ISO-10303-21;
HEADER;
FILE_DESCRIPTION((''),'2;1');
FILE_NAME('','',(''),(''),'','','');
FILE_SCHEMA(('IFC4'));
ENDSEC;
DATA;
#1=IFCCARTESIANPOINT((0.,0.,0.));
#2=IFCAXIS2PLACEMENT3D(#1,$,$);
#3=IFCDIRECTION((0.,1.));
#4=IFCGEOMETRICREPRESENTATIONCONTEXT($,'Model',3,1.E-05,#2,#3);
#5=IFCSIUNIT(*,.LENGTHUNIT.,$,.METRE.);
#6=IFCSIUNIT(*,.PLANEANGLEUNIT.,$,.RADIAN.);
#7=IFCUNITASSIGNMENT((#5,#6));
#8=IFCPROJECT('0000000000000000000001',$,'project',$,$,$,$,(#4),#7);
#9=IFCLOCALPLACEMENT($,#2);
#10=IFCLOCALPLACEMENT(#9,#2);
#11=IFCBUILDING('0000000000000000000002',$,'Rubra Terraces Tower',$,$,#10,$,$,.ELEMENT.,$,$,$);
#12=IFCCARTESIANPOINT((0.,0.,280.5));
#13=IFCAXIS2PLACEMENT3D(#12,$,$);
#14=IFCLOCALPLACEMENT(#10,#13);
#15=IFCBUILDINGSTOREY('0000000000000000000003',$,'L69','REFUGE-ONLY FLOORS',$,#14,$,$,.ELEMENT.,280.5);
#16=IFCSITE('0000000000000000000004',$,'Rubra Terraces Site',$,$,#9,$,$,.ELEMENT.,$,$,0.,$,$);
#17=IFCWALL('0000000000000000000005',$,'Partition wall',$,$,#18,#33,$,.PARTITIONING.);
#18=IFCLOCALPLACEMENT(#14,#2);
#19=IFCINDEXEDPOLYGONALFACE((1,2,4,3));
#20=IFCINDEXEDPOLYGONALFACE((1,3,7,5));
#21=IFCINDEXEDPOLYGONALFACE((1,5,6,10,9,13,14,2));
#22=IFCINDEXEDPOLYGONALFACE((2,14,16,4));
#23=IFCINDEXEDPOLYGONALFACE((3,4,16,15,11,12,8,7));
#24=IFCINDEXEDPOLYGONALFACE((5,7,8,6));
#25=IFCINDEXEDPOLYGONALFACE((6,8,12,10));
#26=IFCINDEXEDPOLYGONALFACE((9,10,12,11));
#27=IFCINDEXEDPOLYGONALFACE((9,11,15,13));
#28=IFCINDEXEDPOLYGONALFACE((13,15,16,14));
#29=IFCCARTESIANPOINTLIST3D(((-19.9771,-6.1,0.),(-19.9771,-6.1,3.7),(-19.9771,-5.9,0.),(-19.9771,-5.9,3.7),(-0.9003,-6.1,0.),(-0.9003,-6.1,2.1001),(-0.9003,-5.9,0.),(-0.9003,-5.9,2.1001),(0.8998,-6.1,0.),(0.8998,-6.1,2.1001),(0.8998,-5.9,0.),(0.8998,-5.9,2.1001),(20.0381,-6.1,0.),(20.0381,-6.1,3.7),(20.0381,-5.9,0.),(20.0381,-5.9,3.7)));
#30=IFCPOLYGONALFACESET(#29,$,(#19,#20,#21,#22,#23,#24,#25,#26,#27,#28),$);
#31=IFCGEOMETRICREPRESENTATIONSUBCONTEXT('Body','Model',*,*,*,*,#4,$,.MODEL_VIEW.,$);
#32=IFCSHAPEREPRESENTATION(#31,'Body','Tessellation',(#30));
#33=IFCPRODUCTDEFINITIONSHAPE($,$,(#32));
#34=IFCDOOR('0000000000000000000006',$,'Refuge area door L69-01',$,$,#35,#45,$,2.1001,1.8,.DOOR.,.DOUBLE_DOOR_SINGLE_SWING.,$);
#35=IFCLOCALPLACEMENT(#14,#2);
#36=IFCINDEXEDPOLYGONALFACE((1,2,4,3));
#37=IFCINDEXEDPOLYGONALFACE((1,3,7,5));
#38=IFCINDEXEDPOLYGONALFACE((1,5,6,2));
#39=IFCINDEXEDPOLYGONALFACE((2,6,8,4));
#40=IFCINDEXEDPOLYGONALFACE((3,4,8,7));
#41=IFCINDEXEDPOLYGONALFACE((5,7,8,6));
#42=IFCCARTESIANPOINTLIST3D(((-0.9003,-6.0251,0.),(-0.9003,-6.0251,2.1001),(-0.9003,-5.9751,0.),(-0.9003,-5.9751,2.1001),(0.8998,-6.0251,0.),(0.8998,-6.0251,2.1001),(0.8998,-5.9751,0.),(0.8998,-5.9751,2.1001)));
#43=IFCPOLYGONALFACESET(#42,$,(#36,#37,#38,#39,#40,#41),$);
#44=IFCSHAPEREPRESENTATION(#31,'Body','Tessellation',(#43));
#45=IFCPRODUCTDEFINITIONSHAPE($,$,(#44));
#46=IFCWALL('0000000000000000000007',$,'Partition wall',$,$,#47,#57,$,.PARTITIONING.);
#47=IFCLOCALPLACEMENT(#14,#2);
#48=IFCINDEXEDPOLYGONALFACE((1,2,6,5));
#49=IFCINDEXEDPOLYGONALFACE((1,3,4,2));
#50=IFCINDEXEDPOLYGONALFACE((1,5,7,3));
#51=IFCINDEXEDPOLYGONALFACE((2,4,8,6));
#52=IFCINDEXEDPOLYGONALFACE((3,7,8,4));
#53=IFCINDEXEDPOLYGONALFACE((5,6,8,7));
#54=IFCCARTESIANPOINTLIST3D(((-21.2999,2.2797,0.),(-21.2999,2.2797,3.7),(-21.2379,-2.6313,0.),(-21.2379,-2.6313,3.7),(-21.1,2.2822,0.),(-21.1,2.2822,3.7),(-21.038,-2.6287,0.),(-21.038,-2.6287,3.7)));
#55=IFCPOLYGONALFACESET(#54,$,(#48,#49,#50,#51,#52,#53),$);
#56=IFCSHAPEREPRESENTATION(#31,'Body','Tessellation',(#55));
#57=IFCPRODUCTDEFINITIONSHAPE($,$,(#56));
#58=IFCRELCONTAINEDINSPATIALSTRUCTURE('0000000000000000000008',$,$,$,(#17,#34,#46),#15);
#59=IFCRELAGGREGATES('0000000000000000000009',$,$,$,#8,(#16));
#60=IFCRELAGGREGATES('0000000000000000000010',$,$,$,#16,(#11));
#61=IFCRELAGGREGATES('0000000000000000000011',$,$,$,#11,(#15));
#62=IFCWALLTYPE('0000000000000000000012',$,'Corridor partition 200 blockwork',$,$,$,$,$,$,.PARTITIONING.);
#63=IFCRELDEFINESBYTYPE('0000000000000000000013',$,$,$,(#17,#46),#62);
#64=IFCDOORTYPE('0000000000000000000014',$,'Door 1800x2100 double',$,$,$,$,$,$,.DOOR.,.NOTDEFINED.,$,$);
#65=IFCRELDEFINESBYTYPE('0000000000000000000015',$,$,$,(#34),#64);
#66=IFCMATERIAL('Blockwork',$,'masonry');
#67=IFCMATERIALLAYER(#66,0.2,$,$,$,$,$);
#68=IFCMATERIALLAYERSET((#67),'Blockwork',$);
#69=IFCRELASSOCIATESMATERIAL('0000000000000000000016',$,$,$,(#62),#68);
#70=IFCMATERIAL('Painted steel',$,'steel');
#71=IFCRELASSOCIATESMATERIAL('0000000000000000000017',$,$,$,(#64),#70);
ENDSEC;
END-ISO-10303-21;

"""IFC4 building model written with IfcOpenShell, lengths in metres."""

from ifc_helpers import new_model, si_unit, direction, frame, frame_2d, origin, place, context, subcontext, project, spatial, rectangle, extrude, material, layer, layer_set, type_object, element, fill, save


model = new_model("IFC4")

# Units and contexts
model_context = context("Model", 3, precision=1e-05, world=origin(), true_north=direction((0.0, 1.0)))
body_context = subcontext(model_context, "Body", "Model", "MODEL_VIEW")
ifc_project = project(units=[si_unit("LENGTHUNIT", "METRE"), si_unit("PLANEANGLEUNIT", "RADIAN")], contexts=[model_context])

# Site, building, storey
site_placement = place(None, origin())
site = spatial("IfcSite", under=ifc_project, at=site_placement, Name="Rubra Terraces Site", CompositionType="ELEMENT", RefElevation=0.0)
building_placement = place(site_placement, origin())
building = spatial("IfcBuilding", under=site, at=building_placement, Name="Rubra Terraces Tower", CompositionType="ELEMENT")
storey_placement = place(building_placement, frame((0.0, 0.0, 280.5)))
storey = spatial("IfcBuildingStorey", under=building, at=storey_placement, Name="L69", Description="REFUGE-ONLY FLOORS", CompositionType="ELEMENT", Elevation=280.5)

# Shared definitions
ifc_material_1 = material(Name="Painted steel", Category="steel")

# Shared definitions
ifc_material_2 = material(Name="Blockwork", Category="masonry")
ifc_layer_1 = layer(ifc_material_2, 0.2)
ifc_layer_set_1 = layer_set([ifc_layer_1], Name="Blockwork")
wall_type_1 = type_object("IfcWallType", Name="Corridor partition 200 blockwork", PredefinedType="PARTITIONING", material=ifc_layer_set_1)

# Wall, opening, door
wall_1_placement = place(storey_placement, frame((-19.9771, -6.0, 0.0), z_axis=(0.0, 0.0, 1.0), x_axis=(1.0, 0.0, 0.0)))
wall_1 = element("IfcWall", 1, at=wall_1_placement, inside=storey, type_object=wall_type_1, Name="Partition wall", PredefinedType="PARTITIONING", context=body_context, shape_type="SweptSolid", body=[
    extrude(rectangle(XDim=40.0151, YDim=0.2, at=frame_2d((20.0076, 0.0))), origin(), (0.0, 0.0, 1.0), 3.7),
])
opening_1_placement = place(wall_1_placement, frame((19.0769, 0.0, 0.0)))
opening_1 = element("IfcOpeningElement", 2, at=opening_1_placement, cuts=wall_1, PredefinedType="OPENING", context=body_context, shape_type="SweptSolid", body=[
    extrude(rectangle(XDim=1.8, YDim=2.1001, at=frame_2d((0.8999, 1.05))), frame((0.0, 0.1099, 0.0), z_axis=(0.0, -1.0, 0.0), x_axis=(1.0, 0.0, 0.0)), (0.0, 0.0, 1.0), 0.22),
])
door_type_1 = type_object("IfcDoorType", Name="Door 1800x2100 double", OperationType="NOTDEFINED", PredefinedType="DOOR", material=ifc_material_1)
door_1_placement = place(opening_1_placement, origin())
door_1 = element("IfcDoor", 3, at=door_1_placement, inside=storey, type_object=door_type_1, Name="Refuge area door L69-01", OperationType="DOUBLE_DOOR_SINGLE_SWING", OverallHeight=2.1001, OverallWidth=1.8, PredefinedType="DOOR", context=body_context, shape_type="SweptSolid", body=[
    extrude(rectangle(XDim=1.8, YDim=2.1001, at=frame_2d((0.8999, 1.05))), frame((0.0, 0.0249, 0.0), z_axis=(0.0, -1.0, 0.0), x_axis=(1.0, 0.0, 0.0)), (0.0, 0.0, 1.0), 0.05),
])
fill(opening_1, door_1)

# Wall
wall_2_placement = place(storey_placement, frame((-21.1379, -2.6299, 0.0), z_axis=(0.0, 0.0, 1.0), x_axis=(-0.012626, 0.99992, 0.0)))
element("IfcWall", 4, at=wall_2_placement, inside=storey, type_object=wall_type_1, Name="Partition wall", PredefinedType="PARTITIONING", context=body_context, shape_type="SweptSolid", body=[
    extrude(rectangle(XDim=4.9114, YDim=0.2, at=frame_2d((2.4556, 0.0))), origin(), (0.0, 0.0, 1.0), 3.7),
])

save(model, "model.ifc")
